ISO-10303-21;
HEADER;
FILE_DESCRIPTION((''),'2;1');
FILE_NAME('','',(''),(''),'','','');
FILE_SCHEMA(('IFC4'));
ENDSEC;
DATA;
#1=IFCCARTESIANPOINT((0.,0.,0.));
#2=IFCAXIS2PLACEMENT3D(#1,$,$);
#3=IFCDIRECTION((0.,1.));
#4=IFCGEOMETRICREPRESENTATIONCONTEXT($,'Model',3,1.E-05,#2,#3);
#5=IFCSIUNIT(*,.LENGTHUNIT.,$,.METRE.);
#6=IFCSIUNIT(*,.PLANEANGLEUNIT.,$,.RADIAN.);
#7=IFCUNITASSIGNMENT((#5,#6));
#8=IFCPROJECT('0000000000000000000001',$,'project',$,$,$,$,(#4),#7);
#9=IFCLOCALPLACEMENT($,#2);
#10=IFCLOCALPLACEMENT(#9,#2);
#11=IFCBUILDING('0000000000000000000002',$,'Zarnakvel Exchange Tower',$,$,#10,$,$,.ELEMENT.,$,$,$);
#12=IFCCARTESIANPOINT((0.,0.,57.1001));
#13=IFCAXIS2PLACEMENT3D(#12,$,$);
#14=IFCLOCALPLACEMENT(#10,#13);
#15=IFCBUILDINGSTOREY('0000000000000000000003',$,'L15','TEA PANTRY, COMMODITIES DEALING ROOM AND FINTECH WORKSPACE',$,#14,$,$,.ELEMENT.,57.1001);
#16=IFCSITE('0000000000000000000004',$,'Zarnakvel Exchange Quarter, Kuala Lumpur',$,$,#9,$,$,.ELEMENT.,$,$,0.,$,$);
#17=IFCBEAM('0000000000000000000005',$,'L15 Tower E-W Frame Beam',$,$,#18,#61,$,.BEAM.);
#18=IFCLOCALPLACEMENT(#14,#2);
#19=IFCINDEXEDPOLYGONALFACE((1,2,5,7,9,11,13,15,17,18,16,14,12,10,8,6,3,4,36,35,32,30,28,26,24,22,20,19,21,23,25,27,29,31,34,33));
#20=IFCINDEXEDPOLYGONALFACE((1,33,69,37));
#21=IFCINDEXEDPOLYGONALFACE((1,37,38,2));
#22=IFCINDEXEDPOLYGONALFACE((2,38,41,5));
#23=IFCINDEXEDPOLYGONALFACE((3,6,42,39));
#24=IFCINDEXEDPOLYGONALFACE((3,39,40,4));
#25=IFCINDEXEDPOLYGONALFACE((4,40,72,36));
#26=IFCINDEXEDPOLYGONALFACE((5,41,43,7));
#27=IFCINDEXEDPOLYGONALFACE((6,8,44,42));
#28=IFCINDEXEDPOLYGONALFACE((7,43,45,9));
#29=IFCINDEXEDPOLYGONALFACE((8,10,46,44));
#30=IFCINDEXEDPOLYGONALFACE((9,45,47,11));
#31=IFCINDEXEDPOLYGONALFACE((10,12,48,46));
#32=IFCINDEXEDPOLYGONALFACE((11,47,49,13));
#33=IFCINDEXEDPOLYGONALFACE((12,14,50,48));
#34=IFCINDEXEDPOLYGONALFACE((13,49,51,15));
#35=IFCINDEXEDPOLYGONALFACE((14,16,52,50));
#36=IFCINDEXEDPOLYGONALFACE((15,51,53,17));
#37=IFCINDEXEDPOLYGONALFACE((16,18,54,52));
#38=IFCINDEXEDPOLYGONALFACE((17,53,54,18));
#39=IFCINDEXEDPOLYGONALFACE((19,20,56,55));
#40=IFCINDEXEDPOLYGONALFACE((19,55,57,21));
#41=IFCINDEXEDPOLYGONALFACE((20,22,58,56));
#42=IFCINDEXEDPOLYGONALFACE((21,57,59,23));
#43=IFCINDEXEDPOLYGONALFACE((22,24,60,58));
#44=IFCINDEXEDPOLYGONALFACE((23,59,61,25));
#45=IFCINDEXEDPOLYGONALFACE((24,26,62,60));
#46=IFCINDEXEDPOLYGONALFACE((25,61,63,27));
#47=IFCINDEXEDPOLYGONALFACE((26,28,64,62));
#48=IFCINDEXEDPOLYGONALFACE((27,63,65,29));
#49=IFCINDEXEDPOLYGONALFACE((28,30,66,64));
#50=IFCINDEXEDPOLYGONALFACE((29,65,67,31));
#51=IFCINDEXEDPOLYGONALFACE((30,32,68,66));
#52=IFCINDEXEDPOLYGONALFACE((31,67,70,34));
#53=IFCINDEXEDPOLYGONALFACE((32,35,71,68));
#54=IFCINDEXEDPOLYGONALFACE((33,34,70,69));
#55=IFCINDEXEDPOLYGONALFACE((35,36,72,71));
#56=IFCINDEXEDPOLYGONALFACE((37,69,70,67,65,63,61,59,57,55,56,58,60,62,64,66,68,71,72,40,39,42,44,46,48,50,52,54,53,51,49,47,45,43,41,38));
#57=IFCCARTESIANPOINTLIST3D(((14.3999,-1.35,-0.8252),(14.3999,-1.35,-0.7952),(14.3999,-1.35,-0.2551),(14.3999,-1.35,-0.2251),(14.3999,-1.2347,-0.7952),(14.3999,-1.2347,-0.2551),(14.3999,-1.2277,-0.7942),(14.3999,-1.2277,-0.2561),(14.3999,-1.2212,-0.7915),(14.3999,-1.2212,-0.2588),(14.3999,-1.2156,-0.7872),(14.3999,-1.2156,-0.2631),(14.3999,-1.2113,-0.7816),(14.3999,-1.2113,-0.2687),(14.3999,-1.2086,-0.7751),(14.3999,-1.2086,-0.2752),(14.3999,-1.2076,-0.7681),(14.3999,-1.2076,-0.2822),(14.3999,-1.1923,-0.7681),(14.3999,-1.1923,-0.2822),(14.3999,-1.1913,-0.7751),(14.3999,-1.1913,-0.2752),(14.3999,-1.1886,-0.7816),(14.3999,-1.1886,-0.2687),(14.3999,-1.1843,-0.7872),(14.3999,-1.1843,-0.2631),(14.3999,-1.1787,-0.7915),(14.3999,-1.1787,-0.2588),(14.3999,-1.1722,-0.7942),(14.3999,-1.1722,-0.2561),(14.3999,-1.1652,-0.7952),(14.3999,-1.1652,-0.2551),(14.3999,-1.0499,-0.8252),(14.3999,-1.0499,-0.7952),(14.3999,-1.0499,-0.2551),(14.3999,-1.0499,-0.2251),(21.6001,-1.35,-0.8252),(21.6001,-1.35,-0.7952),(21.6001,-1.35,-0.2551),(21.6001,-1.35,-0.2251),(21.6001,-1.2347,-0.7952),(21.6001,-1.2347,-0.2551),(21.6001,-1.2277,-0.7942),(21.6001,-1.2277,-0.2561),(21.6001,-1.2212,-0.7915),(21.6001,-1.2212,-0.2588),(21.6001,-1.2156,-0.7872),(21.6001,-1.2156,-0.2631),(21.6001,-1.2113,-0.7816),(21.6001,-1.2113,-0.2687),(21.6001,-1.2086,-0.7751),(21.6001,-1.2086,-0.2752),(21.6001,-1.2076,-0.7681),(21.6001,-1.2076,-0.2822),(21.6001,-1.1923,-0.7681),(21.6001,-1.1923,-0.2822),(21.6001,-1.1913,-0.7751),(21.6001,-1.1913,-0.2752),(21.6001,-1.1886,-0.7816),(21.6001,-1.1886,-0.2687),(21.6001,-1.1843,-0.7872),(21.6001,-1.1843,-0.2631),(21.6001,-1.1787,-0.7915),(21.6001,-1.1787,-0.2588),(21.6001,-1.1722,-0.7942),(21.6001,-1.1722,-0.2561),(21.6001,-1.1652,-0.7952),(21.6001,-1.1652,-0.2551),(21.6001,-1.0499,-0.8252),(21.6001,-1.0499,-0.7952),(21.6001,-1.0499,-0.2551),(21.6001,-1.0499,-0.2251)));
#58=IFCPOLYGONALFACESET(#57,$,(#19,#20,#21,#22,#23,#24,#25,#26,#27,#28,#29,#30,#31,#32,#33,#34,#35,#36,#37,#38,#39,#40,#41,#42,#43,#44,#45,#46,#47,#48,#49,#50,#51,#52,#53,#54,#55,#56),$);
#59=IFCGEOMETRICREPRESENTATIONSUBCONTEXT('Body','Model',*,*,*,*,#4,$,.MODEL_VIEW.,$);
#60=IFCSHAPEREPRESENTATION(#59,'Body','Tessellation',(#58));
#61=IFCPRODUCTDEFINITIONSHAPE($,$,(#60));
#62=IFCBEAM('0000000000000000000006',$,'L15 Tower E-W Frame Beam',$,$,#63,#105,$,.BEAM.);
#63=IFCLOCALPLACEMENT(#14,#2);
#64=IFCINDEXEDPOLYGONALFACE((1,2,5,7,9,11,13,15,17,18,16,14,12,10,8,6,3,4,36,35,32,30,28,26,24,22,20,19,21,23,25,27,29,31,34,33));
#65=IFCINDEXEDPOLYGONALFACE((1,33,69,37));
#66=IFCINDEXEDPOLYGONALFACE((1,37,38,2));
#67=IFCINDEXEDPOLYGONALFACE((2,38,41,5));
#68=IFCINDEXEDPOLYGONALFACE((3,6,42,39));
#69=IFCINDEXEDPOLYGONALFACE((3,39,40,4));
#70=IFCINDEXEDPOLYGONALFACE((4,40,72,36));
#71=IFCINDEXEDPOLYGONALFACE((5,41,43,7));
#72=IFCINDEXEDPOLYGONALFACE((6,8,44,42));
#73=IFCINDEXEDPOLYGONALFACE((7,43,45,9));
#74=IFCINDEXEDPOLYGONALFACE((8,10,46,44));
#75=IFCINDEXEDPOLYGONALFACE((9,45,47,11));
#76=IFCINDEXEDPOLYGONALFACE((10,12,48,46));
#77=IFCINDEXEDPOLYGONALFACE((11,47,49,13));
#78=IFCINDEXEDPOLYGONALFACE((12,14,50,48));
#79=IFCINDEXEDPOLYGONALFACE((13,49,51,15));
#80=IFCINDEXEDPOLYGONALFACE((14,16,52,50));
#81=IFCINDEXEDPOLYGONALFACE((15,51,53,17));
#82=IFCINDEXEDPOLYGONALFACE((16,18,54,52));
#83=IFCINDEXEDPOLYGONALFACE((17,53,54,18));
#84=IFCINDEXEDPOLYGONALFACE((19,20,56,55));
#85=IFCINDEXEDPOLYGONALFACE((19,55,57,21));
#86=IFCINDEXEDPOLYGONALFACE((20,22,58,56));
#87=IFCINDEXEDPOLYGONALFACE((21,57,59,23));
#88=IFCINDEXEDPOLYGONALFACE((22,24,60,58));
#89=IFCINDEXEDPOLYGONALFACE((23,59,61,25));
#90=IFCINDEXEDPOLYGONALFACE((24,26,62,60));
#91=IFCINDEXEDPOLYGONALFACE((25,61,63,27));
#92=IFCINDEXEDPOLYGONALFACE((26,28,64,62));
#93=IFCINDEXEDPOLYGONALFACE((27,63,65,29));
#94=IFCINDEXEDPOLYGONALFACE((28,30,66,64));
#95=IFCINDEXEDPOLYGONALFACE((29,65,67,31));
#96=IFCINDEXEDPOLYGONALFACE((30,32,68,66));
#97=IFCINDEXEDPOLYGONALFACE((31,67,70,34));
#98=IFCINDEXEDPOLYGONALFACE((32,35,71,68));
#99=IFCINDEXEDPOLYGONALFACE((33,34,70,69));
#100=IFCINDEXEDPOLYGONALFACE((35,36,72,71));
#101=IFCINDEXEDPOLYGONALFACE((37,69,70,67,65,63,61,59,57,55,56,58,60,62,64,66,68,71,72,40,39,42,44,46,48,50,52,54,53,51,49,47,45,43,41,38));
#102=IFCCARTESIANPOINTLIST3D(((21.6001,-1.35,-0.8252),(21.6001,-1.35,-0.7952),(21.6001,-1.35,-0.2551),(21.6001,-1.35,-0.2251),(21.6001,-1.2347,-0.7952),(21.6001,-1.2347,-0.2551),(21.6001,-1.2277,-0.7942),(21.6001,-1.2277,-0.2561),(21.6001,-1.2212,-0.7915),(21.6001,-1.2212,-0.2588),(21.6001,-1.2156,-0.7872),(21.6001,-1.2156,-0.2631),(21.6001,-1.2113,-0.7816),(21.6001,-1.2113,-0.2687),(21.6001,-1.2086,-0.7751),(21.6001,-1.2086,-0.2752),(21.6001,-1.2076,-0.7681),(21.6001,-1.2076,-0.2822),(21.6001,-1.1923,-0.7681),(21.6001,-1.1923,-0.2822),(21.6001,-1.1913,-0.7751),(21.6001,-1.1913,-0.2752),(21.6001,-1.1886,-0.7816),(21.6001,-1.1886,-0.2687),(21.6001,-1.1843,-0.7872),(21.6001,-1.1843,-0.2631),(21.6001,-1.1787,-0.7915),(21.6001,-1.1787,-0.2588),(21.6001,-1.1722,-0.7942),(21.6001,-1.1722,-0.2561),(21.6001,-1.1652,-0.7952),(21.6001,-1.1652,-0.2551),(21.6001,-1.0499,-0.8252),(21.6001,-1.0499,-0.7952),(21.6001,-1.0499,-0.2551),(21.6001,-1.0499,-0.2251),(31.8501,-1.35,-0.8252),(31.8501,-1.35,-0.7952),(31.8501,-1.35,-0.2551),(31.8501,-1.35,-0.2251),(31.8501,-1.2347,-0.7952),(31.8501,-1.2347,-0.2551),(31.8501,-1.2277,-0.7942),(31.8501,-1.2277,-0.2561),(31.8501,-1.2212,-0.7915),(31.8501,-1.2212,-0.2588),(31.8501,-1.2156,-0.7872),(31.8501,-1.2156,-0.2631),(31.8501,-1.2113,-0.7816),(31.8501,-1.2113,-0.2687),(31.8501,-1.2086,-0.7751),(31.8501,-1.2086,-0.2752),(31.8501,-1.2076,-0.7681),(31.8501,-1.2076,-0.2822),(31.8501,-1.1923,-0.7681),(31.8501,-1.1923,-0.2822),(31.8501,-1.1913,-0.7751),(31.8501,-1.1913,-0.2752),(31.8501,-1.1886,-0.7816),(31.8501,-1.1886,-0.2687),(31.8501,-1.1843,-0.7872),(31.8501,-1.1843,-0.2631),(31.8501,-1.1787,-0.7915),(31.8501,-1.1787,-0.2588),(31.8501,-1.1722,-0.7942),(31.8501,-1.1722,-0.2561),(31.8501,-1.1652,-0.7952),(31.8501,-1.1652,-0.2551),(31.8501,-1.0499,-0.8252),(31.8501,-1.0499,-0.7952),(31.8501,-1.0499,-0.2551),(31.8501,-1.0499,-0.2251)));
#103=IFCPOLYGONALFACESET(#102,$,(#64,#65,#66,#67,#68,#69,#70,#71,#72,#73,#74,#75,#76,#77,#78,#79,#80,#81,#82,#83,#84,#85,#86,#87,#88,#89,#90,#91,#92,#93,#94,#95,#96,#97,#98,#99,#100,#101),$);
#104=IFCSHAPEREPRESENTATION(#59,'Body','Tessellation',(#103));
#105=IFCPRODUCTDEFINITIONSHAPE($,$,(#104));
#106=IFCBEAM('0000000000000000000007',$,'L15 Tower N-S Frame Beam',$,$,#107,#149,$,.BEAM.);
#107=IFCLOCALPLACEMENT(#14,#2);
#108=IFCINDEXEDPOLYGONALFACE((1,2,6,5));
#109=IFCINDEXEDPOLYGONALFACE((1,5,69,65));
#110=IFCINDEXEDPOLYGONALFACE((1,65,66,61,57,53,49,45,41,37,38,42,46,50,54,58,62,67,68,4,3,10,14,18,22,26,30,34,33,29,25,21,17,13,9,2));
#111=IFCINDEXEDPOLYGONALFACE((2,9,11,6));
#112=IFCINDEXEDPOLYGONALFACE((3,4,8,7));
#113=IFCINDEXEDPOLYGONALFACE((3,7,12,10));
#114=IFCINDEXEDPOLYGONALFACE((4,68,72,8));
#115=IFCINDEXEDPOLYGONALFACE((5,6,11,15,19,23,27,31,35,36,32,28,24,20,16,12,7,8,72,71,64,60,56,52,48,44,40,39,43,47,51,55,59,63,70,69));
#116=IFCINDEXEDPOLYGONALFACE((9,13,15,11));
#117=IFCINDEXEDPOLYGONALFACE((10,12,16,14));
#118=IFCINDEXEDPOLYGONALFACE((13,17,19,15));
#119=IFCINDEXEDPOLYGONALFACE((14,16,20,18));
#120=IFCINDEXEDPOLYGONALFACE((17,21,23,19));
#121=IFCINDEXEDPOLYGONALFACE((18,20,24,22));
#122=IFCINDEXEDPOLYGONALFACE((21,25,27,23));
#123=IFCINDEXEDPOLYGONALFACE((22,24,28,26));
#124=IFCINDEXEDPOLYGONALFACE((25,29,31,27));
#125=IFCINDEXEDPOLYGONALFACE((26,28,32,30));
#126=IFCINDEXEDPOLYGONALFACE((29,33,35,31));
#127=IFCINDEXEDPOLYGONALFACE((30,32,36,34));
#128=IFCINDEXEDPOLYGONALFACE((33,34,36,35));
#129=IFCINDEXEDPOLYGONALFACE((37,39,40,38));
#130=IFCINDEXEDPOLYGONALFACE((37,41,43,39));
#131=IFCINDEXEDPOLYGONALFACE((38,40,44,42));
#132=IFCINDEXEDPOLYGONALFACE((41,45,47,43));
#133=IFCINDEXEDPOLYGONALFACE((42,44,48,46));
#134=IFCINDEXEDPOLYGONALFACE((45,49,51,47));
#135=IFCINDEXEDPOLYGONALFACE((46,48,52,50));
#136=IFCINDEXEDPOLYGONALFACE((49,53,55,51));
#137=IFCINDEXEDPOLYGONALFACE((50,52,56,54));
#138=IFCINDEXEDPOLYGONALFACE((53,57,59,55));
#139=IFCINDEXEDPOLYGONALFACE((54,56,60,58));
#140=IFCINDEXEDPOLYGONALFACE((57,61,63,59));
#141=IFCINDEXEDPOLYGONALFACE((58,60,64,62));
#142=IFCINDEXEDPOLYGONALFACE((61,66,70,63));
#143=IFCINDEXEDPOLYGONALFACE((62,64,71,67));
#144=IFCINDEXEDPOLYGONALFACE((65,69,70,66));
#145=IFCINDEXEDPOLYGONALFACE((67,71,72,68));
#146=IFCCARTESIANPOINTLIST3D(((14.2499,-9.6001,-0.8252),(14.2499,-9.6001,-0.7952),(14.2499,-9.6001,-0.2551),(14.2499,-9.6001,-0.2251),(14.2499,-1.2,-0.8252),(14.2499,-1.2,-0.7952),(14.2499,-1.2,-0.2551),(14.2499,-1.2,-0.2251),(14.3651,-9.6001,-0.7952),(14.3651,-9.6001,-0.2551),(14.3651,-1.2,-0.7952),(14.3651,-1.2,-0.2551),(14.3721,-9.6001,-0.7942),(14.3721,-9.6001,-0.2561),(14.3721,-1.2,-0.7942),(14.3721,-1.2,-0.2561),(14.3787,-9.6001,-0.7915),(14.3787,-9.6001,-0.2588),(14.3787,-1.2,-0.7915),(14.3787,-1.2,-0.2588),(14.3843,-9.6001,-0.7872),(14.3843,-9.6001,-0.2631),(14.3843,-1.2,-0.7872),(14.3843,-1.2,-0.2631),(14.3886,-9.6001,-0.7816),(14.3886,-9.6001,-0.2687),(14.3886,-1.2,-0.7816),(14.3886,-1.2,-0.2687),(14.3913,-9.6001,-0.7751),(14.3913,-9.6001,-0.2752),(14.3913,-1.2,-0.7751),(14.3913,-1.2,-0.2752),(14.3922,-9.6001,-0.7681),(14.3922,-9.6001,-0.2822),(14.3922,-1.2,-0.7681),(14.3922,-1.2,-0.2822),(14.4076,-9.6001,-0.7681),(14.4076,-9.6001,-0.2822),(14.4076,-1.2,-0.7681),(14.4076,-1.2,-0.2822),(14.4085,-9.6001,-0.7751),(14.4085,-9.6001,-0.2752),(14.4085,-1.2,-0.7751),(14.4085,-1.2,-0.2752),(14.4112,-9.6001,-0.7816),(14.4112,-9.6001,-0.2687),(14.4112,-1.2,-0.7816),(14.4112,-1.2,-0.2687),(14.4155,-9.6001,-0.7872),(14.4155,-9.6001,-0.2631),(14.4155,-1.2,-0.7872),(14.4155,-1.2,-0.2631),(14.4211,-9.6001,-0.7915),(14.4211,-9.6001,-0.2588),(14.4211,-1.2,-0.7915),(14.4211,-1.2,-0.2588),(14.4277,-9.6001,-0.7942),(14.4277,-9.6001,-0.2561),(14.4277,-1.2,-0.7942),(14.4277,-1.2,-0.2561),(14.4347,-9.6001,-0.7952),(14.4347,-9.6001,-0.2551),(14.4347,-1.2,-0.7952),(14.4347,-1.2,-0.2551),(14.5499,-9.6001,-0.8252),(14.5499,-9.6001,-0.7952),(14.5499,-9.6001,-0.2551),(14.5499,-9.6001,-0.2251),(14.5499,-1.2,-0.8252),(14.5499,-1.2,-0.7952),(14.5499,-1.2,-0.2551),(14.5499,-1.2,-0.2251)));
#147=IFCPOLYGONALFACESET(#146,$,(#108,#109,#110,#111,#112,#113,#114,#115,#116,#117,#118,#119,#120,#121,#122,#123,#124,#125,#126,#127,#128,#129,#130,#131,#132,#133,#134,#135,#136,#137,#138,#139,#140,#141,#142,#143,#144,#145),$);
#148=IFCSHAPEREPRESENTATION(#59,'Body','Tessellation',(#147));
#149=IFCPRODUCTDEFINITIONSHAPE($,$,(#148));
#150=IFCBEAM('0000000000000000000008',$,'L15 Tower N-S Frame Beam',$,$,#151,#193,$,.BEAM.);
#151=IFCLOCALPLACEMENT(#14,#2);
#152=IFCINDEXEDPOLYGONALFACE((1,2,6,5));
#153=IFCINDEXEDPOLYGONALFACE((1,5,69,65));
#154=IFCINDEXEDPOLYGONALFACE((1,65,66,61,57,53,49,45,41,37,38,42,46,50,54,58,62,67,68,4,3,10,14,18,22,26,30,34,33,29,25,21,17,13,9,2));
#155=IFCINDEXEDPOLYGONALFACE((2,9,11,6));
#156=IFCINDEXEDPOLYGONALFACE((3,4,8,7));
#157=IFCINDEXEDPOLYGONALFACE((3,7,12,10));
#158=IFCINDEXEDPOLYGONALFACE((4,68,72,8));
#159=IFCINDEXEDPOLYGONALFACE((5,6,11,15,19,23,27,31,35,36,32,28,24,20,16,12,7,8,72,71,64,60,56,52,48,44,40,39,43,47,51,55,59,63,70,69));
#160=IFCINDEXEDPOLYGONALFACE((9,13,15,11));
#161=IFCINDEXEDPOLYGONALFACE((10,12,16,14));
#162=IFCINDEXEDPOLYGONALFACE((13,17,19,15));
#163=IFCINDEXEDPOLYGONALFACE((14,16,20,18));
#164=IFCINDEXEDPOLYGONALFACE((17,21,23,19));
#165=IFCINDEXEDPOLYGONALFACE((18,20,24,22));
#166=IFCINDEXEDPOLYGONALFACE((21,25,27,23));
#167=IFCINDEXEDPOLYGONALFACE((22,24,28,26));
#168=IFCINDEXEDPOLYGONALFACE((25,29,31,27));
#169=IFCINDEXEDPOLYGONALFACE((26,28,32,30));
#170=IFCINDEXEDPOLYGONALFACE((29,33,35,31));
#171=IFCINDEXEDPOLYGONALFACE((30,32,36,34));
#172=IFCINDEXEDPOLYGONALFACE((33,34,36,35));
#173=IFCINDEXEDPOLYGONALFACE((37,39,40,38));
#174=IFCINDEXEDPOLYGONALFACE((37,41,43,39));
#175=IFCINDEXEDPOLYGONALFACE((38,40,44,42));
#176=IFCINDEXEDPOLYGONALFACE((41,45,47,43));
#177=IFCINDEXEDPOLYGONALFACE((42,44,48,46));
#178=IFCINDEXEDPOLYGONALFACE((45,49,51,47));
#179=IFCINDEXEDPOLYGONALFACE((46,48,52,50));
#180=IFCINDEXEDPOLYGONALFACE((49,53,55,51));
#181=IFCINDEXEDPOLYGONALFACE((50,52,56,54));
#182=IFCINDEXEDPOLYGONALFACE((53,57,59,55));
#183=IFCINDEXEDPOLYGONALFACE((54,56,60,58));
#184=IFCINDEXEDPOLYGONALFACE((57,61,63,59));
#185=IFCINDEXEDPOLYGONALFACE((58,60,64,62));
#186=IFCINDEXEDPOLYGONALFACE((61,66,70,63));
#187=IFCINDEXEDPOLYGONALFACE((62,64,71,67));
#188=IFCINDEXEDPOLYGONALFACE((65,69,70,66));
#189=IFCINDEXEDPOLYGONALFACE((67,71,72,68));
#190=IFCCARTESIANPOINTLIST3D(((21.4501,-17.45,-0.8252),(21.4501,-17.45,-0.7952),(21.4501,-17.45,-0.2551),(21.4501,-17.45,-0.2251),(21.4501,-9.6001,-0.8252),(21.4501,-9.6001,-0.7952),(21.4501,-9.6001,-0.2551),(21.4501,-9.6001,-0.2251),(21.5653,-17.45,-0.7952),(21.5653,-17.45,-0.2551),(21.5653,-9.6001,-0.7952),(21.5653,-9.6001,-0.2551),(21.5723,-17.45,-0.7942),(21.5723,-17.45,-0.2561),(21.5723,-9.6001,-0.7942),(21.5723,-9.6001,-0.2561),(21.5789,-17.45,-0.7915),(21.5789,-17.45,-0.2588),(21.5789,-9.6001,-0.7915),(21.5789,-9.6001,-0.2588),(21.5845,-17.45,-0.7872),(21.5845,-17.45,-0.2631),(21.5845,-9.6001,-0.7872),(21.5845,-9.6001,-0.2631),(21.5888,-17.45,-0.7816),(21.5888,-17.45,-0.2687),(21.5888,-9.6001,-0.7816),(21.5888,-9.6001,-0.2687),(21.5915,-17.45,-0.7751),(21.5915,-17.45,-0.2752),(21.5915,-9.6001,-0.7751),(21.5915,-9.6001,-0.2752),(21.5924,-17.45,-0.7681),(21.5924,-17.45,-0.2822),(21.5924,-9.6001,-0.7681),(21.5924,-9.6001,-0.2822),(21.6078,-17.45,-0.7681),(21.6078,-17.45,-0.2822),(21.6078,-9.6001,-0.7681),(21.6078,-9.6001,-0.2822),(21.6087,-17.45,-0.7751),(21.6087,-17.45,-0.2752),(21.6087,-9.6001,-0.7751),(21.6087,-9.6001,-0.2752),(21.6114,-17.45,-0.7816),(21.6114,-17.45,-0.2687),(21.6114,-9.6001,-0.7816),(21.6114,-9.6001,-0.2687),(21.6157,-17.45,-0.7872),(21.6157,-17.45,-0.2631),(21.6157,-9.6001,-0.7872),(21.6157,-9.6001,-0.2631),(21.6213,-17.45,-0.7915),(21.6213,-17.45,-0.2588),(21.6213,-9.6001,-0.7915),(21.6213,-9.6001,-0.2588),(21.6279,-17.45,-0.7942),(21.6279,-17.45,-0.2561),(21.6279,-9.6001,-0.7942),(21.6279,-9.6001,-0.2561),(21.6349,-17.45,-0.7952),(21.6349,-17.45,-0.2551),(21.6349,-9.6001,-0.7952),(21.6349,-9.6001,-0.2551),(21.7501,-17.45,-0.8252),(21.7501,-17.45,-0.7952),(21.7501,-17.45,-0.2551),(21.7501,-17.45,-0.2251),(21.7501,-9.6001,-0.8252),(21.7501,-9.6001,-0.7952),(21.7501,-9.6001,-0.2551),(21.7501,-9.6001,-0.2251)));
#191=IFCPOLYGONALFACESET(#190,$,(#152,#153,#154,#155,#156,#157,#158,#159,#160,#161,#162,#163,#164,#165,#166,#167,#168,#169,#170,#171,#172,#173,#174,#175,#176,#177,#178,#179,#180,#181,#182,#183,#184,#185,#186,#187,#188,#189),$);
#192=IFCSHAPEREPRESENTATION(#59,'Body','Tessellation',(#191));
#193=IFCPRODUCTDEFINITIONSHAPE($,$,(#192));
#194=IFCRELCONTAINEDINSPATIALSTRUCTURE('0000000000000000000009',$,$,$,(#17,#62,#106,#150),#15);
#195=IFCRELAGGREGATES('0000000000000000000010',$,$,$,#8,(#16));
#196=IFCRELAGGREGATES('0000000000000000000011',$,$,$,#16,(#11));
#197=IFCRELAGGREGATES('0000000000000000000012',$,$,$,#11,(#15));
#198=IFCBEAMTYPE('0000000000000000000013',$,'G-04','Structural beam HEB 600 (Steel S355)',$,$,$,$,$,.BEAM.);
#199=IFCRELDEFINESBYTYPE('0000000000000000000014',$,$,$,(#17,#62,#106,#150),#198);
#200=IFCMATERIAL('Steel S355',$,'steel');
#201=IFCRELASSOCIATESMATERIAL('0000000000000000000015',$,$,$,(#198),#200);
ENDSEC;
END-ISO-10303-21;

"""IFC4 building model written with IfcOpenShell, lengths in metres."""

from ifc_helpers import new_model, si_unit, direction, frame, origin, origin_2d, place, context, subcontext, project, spatial, i_section, extrude, material, material_profile, profile_set, type_object, element, save


model = new_model("IFC4")

# Units and contexts
model_context = context("Model", 3, precision=1e-05, world=origin(), true_north=direction((0.0, 1.0)))
body_context = subcontext(model_context, "Body", "Model", "MODEL_VIEW")
ifc_project = project(units=[si_unit("LENGTHUNIT", "METRE"), si_unit("PLANEANGLEUNIT", "RADIAN")], contexts=[model_context])

# Site, building, storey
site_placement = place(None, origin())
site = spatial("IfcSite", under=ifc_project, at=site_placement, Name="Zarnakvel Exchange Quarter, Kuala Lumpur", CompositionType="ELEMENT", RefElevation=0.0)
building_placement = place(site_placement, origin())
building = spatial("IfcBuilding", under=site, at=building_placement, Name="Zarnakvel Exchange Tower", CompositionType="ELEMENT")
storey_placement = place(building_placement, frame((0.0, 0.0, 57.1001)))
storey = spatial("IfcBuildingStorey", under=building, at=storey_placement, Name="L15", Description="TEA PANTRY, COMMODITIES DEALING ROOM AND FINTECH WORKSPACE", CompositionType="ELEMENT", Elevation=57.1001)

# Beams
ifc_material_1 = material(Name="Steel S355", Category="steel")
ifc_material_profile_1 = material_profile(ifc_material_1, i_section(OverallWidth=0.3, OverallDepth=0.6001, WebThickness=0.0154, FlangeThickness=0.03, FilletRadius=0.0271, at=origin_2d()))
ifc_profile_set_1 = profile_set([ifc_material_profile_1], Name="Steel S355")
beam_type_1 = type_object("IfcBeamType", Name="G-04", Description="Structural beam HEB 600 (Steel S355)", PredefinedType="BEAM", material=ifc_profile_set_1)
beam_1_placement = place(storey_placement, frame((14.3999, -1.2, -0.5251), z_axis=(1.0, 0.0, 0.0), x_axis=(0.0, 1.0, 0.0)))
element("IfcBeam", 1, at=beam_1_placement, inside=storey, type_object=beam_type_1, Name="L15 Tower E-W Frame Beam", PredefinedType="BEAM", context=body_context, shape_type="SweptSolid", body=[
    extrude(i_section(OverallWidth=0.3, OverallDepth=0.6001, WebThickness=0.0154, FlangeThickness=0.03, FilletRadius=0.0271, at=origin_2d()), origin(), (0.0, 0.0, 1.0), 7.2002),
])
beam_2_placement = place(storey_placement, frame((21.6001, -1.2, -0.5251), z_axis=(1.0, 0.0, 0.0), x_axis=(0.0, 1.0, 0.0)))
element("IfcBeam", 2, at=beam_2_placement, inside=storey, type_object=beam_type_1, Name="L15 Tower E-W Frame Beam", PredefinedType="BEAM", context=body_context, shape_type="SweptSolid", body=[
    extrude(i_section(OverallWidth=0.3, OverallDepth=0.6001, WebThickness=0.0154, FlangeThickness=0.03, FilletRadius=0.0271, at=origin_2d()), origin(), (0.0, 0.0, 1.0), 10.25),
])
beam_3_placement = place(storey_placement, frame((14.3999, -9.6001, -0.5251), z_axis=(0.0, 1.0, 0.0), x_axis=(-1.0, 0.0, 0.0)))
element("IfcBeam", 3, at=beam_3_placement, inside=storey, type_object=beam_type_1, Name="L15 Tower N-S Frame Beam", PredefinedType="BEAM", context=body_context, shape_type="SweptSolid", body=[
    extrude(i_section(OverallWidth=0.3, OverallDepth=0.6001, WebThickness=0.0154, FlangeThickness=0.03, FilletRadius=0.0271, at=origin_2d()), origin(), (0.0, 0.0, 1.0), 8.4001),
])
beam_4_placement = place(storey_placement, frame((21.6001, -17.45, -0.5251), z_axis=(0.0, 1.0, 0.0), x_axis=(-1.0, 0.0, 0.0)))
element("IfcBeam", 4, at=beam_4_placement, inside=storey, type_object=beam_type_1, Name="L15 Tower N-S Frame Beam", PredefinedType="BEAM", context=body_context, shape_type="SweptSolid", body=[
    extrude(i_section(OverallWidth=0.3, OverallDepth=0.6001, WebThickness=0.0154, FlangeThickness=0.03, FilletRadius=0.0271, at=origin_2d()), origin(), (0.0, 0.0, 1.0), 7.8499),
])

save(model, "model.ifc")
